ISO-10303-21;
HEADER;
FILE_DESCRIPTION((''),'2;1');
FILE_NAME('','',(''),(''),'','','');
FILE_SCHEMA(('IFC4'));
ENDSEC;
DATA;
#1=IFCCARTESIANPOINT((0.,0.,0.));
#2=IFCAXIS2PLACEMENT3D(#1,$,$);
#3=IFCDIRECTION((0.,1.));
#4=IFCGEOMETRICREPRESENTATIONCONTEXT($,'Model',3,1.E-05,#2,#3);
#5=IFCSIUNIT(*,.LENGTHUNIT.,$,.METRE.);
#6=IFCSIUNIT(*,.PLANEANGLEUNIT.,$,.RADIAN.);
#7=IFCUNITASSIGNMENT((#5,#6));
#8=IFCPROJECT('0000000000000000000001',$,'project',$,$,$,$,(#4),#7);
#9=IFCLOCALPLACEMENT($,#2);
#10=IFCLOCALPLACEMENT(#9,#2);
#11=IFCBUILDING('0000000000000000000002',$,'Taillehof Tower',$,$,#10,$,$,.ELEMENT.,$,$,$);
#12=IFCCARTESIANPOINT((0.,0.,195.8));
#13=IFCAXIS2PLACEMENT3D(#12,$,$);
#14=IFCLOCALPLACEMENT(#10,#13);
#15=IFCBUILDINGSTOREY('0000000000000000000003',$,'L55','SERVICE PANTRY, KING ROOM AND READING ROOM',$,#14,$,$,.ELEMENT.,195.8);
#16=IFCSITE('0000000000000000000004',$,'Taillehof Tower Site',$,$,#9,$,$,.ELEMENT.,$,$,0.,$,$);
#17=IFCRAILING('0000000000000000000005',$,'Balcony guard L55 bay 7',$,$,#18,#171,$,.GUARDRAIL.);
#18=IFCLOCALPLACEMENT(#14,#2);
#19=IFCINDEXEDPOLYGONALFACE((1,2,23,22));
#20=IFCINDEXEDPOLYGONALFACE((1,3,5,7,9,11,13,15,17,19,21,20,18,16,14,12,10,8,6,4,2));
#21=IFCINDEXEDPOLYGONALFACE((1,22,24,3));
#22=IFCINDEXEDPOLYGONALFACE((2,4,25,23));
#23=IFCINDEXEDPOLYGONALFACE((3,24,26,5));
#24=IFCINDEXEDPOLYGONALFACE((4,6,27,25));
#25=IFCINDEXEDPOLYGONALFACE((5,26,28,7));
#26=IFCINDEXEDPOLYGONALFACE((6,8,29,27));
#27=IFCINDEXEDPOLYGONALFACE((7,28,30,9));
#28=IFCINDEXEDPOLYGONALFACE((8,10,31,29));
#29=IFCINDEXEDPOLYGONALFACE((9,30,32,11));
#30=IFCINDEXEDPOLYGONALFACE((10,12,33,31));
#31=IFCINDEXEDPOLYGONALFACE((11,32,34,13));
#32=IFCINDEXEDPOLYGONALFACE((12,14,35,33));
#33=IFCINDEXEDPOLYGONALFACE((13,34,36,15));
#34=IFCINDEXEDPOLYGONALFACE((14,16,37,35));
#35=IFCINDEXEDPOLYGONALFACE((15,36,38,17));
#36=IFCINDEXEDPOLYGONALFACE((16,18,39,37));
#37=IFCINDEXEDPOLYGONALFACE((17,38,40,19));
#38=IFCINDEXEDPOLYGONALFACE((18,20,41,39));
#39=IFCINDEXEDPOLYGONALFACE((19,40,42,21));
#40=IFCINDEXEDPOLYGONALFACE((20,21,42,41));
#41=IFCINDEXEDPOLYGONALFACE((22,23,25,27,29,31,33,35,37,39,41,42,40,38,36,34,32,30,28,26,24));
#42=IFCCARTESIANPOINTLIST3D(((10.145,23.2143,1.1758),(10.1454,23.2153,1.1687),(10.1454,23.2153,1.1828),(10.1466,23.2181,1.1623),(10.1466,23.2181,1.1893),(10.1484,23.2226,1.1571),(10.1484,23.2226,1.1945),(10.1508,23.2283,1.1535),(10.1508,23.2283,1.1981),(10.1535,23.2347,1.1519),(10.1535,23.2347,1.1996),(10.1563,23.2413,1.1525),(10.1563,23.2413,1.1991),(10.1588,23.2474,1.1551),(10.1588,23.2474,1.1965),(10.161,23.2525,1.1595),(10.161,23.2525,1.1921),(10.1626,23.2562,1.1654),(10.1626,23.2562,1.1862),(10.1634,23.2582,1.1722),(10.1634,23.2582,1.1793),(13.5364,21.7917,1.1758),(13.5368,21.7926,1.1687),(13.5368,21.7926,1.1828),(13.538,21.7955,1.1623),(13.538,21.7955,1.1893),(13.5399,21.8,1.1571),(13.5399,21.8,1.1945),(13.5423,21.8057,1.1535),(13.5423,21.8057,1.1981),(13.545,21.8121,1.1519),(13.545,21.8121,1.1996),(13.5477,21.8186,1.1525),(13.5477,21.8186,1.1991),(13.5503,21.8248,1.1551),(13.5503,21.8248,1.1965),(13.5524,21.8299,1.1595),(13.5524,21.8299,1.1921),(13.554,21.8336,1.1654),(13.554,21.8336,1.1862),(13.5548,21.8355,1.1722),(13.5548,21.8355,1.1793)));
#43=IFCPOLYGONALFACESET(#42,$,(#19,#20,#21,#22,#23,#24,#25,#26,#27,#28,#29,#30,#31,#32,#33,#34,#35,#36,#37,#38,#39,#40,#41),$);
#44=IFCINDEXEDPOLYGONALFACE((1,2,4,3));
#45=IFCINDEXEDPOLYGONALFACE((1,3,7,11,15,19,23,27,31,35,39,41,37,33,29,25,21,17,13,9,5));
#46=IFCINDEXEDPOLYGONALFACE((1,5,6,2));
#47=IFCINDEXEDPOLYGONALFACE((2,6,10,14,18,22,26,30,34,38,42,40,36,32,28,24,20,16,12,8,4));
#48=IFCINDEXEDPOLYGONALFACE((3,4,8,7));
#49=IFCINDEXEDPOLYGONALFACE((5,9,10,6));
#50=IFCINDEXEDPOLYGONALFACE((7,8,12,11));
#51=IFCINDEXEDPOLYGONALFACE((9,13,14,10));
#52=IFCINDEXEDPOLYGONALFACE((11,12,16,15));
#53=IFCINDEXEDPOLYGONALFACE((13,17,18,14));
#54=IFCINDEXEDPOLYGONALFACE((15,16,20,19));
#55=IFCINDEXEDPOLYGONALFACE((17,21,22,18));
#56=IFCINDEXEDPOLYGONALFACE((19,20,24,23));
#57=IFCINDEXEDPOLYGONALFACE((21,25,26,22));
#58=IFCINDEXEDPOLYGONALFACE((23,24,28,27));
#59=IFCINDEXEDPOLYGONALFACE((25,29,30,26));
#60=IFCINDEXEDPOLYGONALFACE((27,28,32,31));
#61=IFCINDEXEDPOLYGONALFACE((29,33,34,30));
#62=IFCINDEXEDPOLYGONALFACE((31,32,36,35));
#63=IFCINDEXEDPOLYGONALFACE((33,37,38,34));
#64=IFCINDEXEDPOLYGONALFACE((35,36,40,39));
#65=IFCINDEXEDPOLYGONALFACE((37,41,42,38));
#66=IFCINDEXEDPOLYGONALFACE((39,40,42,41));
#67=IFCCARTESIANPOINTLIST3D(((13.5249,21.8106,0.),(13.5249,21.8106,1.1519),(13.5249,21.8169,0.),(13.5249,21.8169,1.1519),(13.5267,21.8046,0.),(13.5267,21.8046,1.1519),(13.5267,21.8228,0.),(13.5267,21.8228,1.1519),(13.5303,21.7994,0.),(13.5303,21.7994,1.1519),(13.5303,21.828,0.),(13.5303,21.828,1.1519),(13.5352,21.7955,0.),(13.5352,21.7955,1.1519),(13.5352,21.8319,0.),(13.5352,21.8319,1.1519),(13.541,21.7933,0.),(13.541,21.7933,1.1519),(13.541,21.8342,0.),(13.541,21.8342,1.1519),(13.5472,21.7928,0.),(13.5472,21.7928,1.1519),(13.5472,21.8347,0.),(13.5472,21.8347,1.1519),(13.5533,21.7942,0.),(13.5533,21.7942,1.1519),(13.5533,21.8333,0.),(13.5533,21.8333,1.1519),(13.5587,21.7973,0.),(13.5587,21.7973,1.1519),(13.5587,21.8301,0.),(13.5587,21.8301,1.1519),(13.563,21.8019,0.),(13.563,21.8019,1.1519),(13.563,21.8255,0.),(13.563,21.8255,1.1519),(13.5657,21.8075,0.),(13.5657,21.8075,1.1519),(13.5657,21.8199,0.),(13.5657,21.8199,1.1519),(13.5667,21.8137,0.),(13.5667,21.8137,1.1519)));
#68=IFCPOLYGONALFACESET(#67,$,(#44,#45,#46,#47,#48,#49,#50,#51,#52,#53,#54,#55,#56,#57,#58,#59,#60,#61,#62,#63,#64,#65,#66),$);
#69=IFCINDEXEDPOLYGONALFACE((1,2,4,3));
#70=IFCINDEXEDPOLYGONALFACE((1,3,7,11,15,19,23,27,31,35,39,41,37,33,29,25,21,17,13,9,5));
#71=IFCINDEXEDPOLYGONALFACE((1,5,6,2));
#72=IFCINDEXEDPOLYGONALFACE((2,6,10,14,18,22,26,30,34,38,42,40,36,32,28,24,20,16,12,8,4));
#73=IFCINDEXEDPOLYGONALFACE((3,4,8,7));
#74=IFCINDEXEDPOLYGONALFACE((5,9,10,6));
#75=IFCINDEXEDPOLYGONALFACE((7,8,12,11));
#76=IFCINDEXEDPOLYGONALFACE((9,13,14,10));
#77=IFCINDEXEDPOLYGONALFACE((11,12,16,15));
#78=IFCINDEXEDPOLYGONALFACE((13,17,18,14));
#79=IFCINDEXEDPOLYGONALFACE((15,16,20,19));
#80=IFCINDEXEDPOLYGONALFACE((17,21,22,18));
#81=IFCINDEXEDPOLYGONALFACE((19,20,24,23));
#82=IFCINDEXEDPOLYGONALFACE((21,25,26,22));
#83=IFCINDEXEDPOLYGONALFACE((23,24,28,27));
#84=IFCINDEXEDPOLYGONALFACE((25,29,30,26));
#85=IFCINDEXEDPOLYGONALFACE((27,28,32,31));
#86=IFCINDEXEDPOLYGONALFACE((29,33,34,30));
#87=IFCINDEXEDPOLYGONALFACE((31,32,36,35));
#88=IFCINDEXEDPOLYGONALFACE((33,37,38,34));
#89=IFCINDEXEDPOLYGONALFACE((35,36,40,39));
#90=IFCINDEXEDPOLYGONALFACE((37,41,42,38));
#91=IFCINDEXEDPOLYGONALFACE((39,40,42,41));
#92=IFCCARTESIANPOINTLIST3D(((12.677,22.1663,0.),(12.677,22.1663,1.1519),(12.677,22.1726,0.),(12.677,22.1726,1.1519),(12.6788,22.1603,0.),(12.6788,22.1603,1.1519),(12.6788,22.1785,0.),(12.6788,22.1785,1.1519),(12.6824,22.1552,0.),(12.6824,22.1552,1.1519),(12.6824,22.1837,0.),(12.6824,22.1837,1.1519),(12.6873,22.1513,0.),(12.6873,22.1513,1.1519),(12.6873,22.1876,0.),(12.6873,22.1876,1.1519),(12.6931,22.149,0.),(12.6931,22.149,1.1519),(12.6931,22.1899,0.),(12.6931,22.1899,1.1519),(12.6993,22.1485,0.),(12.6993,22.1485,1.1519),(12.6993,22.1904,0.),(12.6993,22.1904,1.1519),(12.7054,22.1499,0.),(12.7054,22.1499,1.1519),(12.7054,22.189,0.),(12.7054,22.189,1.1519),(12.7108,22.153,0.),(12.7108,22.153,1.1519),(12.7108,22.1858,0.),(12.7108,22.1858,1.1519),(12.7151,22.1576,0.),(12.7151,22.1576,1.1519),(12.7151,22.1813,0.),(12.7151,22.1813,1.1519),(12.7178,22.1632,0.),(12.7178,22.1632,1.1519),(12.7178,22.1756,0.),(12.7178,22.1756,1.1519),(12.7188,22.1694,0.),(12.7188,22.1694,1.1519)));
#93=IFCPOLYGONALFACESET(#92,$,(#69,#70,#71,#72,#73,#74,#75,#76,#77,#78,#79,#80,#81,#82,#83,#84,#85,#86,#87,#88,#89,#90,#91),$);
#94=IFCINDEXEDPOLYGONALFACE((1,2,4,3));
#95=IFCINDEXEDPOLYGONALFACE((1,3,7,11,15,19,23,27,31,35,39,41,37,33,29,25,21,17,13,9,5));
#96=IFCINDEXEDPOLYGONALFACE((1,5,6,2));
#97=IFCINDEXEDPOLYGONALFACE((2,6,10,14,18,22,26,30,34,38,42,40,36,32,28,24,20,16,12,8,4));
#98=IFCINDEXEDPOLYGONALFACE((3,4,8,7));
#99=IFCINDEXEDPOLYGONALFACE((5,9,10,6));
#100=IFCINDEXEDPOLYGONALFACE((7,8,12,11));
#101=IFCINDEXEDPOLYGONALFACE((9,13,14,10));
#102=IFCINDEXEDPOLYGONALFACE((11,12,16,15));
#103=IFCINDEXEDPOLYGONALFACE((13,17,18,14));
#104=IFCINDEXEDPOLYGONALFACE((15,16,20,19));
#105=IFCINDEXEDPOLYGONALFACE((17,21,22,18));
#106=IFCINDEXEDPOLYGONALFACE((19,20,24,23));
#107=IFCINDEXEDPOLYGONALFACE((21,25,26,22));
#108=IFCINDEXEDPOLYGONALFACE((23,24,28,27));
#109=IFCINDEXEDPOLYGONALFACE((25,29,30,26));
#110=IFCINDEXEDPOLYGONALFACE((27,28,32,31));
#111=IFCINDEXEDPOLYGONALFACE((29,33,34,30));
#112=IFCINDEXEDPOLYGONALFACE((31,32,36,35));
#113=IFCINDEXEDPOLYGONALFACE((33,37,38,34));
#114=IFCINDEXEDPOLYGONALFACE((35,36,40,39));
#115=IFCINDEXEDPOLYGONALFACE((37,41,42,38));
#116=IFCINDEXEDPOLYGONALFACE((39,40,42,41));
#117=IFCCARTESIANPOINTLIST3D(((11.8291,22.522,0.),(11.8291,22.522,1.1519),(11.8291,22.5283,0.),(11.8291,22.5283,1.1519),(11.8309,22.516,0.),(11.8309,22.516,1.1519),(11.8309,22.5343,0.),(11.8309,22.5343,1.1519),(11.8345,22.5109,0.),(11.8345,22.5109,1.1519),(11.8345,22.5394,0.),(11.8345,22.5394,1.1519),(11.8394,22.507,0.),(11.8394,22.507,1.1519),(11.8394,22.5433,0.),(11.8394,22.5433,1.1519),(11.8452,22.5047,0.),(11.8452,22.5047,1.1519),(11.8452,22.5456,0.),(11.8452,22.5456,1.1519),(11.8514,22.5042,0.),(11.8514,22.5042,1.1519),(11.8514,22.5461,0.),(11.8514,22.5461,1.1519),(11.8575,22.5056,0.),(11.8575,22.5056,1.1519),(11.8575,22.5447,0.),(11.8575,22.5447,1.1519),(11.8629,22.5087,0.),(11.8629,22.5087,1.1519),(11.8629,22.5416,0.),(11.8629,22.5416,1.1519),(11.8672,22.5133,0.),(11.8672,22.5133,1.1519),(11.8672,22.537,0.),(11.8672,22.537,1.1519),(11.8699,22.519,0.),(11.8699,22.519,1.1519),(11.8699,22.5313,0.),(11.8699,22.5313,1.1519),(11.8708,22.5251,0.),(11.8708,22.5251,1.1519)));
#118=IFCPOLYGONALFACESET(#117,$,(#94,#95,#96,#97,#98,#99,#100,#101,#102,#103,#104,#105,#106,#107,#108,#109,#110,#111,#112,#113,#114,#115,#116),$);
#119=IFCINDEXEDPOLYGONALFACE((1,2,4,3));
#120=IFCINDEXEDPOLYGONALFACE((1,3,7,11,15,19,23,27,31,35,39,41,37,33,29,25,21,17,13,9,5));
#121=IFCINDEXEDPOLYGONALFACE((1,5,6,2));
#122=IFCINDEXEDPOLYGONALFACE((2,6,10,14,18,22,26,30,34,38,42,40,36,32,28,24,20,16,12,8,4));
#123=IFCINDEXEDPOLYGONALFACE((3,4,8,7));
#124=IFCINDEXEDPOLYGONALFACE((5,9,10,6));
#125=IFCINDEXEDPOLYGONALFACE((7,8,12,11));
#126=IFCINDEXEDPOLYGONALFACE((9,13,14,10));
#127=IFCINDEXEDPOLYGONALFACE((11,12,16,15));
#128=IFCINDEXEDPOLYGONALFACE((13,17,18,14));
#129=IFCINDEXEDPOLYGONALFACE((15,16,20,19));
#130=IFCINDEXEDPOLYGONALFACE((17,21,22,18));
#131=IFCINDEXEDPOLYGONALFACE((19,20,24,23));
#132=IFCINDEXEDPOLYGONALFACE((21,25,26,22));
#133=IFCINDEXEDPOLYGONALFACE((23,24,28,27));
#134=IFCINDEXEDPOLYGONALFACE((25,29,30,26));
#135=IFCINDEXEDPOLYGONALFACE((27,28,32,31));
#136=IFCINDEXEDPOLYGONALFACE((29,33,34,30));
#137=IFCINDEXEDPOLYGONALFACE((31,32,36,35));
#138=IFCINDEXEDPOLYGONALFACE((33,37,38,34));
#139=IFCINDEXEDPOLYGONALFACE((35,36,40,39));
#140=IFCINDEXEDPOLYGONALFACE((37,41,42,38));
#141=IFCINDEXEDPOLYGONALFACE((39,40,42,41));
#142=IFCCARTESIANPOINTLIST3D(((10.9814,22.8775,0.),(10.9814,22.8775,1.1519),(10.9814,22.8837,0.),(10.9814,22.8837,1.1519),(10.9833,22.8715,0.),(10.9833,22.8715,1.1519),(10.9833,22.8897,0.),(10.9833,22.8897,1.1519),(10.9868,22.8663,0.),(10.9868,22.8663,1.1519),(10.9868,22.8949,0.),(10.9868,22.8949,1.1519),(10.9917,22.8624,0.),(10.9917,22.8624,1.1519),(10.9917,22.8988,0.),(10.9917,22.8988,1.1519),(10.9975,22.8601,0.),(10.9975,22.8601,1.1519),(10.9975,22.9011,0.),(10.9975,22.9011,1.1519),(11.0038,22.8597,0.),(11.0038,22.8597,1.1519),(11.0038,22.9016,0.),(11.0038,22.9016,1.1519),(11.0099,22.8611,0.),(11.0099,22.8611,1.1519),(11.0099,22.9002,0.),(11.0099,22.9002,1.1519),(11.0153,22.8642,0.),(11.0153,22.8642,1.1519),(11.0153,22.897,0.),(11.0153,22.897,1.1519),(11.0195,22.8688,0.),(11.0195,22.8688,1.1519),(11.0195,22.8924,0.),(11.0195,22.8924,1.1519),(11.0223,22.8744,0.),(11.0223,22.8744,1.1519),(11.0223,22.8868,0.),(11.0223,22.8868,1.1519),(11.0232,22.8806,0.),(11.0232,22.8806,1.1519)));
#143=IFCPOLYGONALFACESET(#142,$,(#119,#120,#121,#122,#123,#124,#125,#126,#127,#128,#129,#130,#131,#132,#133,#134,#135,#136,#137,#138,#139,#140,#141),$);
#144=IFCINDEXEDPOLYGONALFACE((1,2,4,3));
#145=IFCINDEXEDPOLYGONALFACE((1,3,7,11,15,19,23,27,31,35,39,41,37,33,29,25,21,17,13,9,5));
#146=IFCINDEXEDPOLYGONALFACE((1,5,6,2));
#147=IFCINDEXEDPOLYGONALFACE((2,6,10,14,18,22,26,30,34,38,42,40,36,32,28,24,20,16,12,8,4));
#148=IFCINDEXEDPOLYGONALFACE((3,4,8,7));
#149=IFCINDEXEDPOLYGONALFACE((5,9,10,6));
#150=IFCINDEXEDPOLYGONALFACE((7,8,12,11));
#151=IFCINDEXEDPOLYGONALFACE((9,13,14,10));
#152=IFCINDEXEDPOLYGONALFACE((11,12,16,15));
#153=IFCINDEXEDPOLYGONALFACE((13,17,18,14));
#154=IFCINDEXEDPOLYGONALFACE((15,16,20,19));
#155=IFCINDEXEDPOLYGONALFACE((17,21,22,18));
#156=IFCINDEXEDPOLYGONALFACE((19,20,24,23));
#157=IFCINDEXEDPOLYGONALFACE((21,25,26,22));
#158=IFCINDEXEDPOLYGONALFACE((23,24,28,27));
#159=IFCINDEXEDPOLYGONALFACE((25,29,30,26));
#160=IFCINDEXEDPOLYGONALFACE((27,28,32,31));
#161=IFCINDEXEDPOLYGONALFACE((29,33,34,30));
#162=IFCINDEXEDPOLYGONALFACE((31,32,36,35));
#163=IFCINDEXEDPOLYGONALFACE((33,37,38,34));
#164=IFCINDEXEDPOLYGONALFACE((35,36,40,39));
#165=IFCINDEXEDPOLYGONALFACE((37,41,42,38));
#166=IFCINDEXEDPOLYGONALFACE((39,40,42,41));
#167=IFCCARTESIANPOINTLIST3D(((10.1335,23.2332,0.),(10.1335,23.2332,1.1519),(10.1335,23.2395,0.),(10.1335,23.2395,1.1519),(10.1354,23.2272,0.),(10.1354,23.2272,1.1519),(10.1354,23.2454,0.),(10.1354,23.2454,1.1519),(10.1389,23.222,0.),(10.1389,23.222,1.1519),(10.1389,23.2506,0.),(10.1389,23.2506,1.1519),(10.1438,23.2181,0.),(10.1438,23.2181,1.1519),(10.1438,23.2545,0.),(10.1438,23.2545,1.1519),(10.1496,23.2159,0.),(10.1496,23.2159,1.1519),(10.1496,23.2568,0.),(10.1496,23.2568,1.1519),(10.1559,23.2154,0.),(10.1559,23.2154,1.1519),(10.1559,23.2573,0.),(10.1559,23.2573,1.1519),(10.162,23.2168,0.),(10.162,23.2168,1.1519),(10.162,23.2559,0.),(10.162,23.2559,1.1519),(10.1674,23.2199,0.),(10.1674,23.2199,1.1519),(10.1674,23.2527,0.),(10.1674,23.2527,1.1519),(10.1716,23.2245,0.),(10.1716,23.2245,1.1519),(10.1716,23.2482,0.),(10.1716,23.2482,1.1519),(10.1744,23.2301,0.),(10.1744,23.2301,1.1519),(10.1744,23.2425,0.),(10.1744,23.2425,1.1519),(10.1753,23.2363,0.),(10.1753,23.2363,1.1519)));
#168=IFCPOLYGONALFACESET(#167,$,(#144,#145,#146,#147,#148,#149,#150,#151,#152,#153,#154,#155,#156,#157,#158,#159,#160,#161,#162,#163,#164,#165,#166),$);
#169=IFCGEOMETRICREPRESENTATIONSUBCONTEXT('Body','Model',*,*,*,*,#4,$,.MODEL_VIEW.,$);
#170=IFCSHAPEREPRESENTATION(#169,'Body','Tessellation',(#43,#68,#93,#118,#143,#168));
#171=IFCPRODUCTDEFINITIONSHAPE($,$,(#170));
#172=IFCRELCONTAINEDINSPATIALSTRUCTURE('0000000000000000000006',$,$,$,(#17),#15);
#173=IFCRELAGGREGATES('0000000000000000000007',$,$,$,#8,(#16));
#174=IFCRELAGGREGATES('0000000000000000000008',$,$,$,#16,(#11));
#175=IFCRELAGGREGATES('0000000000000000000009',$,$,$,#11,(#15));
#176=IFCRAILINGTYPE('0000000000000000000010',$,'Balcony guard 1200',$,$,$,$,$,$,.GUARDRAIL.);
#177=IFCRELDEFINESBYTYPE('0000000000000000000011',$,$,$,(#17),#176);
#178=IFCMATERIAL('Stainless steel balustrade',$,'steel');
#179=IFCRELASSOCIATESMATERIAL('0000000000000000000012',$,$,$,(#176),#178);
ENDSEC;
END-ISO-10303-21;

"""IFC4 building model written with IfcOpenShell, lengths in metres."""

from ifc_helpers import new_model, si_unit, direction, frame, origin, origin_2d, place, context, subcontext, project, spatial, circle, extrude, material, type_object, element, save


model = new_model("IFC4")

# Units and contexts
model_context = context("Model", 3, precision=1e-05, world=origin(), true_north=direction((0.0, 1.0)))
body_context = subcontext(model_context, "Body", "Model", "MODEL_VIEW")
ifc_project = project(units=[si_unit("LENGTHUNIT", "METRE"), si_unit("PLANEANGLEUNIT", "RADIAN")], contexts=[model_context])

# Site, building, storey
site_placement = place(None, origin())
site = spatial("IfcSite", under=ifc_project, at=site_placement, Name="Taillehof Tower Site", CompositionType="ELEMENT", RefElevation=0.0)
building_placement = place(site_placement, origin())
building = spatial("IfcBuilding", under=site, at=building_placement, Name="Taillehof Tower", CompositionType="ELEMENT")
storey_placement = place(building_placement, frame((0.0, 0.0, 195.8)))
storey = spatial("IfcBuildingStorey", under=building, at=storey_placement, Name="L55", Description="SERVICE PANTRY, KING ROOM AND READING ROOM", CompositionType="ELEMENT", Elevation=195.8)

# Railing
ifc_material_1 = material(Name="Stainless steel balustrade", Category="steel")
railing_type = type_object("IfcRailingType", Name="Balcony guard 1200", PredefinedType="GUARDRAIL", material=ifc_material_1)
railing_1_placement = place(storey_placement, frame((13.5457, 21.8137, 0.0)))
element("IfcRailing", 1, at=railing_1_placement, inside=storey, type_object=railing_type, Name="Balcony guard L55 bay 7", PredefinedType="GUARDRAIL", context=body_context, shape_type="SweptSolid", body=[
    extrude(circle(Radius=0.0239, at=origin_2d()), frame((0.0, 0.0, 1.1758), z_axis=(-0.922153, 0.386825, 0.0), x_axis=(-0.386825, -0.922153, 0.0)), (0.0, 0.0, 1.0), 3.6777),
    extrude(circle(Radius=0.021, at=origin_2d()), origin(), (0.0, 0.0, 1.0), 1.1519),
    extrude(circle(Radius=0.021, at=origin_2d()), frame((-0.8479, 0.3557, 0.0)), (0.0, 0.0, 1.0), 1.1519),
    extrude(circle(Radius=0.021, at=origin_2d()), frame((-1.6958, 0.7114, 0.0)), (0.0, 0.0, 1.0), 1.1519),
    extrude(circle(Radius=0.021, at=origin_2d()), frame((-2.5435, 1.0669, 0.0)), (0.0, 0.0, 1.0), 1.1519),
    extrude(circle(Radius=0.021, at=origin_2d()), frame((-3.3914, 1.4226, 0.0)), (0.0, 0.0, 1.0), 1.1519),
])

save(model, "model.ifc")
